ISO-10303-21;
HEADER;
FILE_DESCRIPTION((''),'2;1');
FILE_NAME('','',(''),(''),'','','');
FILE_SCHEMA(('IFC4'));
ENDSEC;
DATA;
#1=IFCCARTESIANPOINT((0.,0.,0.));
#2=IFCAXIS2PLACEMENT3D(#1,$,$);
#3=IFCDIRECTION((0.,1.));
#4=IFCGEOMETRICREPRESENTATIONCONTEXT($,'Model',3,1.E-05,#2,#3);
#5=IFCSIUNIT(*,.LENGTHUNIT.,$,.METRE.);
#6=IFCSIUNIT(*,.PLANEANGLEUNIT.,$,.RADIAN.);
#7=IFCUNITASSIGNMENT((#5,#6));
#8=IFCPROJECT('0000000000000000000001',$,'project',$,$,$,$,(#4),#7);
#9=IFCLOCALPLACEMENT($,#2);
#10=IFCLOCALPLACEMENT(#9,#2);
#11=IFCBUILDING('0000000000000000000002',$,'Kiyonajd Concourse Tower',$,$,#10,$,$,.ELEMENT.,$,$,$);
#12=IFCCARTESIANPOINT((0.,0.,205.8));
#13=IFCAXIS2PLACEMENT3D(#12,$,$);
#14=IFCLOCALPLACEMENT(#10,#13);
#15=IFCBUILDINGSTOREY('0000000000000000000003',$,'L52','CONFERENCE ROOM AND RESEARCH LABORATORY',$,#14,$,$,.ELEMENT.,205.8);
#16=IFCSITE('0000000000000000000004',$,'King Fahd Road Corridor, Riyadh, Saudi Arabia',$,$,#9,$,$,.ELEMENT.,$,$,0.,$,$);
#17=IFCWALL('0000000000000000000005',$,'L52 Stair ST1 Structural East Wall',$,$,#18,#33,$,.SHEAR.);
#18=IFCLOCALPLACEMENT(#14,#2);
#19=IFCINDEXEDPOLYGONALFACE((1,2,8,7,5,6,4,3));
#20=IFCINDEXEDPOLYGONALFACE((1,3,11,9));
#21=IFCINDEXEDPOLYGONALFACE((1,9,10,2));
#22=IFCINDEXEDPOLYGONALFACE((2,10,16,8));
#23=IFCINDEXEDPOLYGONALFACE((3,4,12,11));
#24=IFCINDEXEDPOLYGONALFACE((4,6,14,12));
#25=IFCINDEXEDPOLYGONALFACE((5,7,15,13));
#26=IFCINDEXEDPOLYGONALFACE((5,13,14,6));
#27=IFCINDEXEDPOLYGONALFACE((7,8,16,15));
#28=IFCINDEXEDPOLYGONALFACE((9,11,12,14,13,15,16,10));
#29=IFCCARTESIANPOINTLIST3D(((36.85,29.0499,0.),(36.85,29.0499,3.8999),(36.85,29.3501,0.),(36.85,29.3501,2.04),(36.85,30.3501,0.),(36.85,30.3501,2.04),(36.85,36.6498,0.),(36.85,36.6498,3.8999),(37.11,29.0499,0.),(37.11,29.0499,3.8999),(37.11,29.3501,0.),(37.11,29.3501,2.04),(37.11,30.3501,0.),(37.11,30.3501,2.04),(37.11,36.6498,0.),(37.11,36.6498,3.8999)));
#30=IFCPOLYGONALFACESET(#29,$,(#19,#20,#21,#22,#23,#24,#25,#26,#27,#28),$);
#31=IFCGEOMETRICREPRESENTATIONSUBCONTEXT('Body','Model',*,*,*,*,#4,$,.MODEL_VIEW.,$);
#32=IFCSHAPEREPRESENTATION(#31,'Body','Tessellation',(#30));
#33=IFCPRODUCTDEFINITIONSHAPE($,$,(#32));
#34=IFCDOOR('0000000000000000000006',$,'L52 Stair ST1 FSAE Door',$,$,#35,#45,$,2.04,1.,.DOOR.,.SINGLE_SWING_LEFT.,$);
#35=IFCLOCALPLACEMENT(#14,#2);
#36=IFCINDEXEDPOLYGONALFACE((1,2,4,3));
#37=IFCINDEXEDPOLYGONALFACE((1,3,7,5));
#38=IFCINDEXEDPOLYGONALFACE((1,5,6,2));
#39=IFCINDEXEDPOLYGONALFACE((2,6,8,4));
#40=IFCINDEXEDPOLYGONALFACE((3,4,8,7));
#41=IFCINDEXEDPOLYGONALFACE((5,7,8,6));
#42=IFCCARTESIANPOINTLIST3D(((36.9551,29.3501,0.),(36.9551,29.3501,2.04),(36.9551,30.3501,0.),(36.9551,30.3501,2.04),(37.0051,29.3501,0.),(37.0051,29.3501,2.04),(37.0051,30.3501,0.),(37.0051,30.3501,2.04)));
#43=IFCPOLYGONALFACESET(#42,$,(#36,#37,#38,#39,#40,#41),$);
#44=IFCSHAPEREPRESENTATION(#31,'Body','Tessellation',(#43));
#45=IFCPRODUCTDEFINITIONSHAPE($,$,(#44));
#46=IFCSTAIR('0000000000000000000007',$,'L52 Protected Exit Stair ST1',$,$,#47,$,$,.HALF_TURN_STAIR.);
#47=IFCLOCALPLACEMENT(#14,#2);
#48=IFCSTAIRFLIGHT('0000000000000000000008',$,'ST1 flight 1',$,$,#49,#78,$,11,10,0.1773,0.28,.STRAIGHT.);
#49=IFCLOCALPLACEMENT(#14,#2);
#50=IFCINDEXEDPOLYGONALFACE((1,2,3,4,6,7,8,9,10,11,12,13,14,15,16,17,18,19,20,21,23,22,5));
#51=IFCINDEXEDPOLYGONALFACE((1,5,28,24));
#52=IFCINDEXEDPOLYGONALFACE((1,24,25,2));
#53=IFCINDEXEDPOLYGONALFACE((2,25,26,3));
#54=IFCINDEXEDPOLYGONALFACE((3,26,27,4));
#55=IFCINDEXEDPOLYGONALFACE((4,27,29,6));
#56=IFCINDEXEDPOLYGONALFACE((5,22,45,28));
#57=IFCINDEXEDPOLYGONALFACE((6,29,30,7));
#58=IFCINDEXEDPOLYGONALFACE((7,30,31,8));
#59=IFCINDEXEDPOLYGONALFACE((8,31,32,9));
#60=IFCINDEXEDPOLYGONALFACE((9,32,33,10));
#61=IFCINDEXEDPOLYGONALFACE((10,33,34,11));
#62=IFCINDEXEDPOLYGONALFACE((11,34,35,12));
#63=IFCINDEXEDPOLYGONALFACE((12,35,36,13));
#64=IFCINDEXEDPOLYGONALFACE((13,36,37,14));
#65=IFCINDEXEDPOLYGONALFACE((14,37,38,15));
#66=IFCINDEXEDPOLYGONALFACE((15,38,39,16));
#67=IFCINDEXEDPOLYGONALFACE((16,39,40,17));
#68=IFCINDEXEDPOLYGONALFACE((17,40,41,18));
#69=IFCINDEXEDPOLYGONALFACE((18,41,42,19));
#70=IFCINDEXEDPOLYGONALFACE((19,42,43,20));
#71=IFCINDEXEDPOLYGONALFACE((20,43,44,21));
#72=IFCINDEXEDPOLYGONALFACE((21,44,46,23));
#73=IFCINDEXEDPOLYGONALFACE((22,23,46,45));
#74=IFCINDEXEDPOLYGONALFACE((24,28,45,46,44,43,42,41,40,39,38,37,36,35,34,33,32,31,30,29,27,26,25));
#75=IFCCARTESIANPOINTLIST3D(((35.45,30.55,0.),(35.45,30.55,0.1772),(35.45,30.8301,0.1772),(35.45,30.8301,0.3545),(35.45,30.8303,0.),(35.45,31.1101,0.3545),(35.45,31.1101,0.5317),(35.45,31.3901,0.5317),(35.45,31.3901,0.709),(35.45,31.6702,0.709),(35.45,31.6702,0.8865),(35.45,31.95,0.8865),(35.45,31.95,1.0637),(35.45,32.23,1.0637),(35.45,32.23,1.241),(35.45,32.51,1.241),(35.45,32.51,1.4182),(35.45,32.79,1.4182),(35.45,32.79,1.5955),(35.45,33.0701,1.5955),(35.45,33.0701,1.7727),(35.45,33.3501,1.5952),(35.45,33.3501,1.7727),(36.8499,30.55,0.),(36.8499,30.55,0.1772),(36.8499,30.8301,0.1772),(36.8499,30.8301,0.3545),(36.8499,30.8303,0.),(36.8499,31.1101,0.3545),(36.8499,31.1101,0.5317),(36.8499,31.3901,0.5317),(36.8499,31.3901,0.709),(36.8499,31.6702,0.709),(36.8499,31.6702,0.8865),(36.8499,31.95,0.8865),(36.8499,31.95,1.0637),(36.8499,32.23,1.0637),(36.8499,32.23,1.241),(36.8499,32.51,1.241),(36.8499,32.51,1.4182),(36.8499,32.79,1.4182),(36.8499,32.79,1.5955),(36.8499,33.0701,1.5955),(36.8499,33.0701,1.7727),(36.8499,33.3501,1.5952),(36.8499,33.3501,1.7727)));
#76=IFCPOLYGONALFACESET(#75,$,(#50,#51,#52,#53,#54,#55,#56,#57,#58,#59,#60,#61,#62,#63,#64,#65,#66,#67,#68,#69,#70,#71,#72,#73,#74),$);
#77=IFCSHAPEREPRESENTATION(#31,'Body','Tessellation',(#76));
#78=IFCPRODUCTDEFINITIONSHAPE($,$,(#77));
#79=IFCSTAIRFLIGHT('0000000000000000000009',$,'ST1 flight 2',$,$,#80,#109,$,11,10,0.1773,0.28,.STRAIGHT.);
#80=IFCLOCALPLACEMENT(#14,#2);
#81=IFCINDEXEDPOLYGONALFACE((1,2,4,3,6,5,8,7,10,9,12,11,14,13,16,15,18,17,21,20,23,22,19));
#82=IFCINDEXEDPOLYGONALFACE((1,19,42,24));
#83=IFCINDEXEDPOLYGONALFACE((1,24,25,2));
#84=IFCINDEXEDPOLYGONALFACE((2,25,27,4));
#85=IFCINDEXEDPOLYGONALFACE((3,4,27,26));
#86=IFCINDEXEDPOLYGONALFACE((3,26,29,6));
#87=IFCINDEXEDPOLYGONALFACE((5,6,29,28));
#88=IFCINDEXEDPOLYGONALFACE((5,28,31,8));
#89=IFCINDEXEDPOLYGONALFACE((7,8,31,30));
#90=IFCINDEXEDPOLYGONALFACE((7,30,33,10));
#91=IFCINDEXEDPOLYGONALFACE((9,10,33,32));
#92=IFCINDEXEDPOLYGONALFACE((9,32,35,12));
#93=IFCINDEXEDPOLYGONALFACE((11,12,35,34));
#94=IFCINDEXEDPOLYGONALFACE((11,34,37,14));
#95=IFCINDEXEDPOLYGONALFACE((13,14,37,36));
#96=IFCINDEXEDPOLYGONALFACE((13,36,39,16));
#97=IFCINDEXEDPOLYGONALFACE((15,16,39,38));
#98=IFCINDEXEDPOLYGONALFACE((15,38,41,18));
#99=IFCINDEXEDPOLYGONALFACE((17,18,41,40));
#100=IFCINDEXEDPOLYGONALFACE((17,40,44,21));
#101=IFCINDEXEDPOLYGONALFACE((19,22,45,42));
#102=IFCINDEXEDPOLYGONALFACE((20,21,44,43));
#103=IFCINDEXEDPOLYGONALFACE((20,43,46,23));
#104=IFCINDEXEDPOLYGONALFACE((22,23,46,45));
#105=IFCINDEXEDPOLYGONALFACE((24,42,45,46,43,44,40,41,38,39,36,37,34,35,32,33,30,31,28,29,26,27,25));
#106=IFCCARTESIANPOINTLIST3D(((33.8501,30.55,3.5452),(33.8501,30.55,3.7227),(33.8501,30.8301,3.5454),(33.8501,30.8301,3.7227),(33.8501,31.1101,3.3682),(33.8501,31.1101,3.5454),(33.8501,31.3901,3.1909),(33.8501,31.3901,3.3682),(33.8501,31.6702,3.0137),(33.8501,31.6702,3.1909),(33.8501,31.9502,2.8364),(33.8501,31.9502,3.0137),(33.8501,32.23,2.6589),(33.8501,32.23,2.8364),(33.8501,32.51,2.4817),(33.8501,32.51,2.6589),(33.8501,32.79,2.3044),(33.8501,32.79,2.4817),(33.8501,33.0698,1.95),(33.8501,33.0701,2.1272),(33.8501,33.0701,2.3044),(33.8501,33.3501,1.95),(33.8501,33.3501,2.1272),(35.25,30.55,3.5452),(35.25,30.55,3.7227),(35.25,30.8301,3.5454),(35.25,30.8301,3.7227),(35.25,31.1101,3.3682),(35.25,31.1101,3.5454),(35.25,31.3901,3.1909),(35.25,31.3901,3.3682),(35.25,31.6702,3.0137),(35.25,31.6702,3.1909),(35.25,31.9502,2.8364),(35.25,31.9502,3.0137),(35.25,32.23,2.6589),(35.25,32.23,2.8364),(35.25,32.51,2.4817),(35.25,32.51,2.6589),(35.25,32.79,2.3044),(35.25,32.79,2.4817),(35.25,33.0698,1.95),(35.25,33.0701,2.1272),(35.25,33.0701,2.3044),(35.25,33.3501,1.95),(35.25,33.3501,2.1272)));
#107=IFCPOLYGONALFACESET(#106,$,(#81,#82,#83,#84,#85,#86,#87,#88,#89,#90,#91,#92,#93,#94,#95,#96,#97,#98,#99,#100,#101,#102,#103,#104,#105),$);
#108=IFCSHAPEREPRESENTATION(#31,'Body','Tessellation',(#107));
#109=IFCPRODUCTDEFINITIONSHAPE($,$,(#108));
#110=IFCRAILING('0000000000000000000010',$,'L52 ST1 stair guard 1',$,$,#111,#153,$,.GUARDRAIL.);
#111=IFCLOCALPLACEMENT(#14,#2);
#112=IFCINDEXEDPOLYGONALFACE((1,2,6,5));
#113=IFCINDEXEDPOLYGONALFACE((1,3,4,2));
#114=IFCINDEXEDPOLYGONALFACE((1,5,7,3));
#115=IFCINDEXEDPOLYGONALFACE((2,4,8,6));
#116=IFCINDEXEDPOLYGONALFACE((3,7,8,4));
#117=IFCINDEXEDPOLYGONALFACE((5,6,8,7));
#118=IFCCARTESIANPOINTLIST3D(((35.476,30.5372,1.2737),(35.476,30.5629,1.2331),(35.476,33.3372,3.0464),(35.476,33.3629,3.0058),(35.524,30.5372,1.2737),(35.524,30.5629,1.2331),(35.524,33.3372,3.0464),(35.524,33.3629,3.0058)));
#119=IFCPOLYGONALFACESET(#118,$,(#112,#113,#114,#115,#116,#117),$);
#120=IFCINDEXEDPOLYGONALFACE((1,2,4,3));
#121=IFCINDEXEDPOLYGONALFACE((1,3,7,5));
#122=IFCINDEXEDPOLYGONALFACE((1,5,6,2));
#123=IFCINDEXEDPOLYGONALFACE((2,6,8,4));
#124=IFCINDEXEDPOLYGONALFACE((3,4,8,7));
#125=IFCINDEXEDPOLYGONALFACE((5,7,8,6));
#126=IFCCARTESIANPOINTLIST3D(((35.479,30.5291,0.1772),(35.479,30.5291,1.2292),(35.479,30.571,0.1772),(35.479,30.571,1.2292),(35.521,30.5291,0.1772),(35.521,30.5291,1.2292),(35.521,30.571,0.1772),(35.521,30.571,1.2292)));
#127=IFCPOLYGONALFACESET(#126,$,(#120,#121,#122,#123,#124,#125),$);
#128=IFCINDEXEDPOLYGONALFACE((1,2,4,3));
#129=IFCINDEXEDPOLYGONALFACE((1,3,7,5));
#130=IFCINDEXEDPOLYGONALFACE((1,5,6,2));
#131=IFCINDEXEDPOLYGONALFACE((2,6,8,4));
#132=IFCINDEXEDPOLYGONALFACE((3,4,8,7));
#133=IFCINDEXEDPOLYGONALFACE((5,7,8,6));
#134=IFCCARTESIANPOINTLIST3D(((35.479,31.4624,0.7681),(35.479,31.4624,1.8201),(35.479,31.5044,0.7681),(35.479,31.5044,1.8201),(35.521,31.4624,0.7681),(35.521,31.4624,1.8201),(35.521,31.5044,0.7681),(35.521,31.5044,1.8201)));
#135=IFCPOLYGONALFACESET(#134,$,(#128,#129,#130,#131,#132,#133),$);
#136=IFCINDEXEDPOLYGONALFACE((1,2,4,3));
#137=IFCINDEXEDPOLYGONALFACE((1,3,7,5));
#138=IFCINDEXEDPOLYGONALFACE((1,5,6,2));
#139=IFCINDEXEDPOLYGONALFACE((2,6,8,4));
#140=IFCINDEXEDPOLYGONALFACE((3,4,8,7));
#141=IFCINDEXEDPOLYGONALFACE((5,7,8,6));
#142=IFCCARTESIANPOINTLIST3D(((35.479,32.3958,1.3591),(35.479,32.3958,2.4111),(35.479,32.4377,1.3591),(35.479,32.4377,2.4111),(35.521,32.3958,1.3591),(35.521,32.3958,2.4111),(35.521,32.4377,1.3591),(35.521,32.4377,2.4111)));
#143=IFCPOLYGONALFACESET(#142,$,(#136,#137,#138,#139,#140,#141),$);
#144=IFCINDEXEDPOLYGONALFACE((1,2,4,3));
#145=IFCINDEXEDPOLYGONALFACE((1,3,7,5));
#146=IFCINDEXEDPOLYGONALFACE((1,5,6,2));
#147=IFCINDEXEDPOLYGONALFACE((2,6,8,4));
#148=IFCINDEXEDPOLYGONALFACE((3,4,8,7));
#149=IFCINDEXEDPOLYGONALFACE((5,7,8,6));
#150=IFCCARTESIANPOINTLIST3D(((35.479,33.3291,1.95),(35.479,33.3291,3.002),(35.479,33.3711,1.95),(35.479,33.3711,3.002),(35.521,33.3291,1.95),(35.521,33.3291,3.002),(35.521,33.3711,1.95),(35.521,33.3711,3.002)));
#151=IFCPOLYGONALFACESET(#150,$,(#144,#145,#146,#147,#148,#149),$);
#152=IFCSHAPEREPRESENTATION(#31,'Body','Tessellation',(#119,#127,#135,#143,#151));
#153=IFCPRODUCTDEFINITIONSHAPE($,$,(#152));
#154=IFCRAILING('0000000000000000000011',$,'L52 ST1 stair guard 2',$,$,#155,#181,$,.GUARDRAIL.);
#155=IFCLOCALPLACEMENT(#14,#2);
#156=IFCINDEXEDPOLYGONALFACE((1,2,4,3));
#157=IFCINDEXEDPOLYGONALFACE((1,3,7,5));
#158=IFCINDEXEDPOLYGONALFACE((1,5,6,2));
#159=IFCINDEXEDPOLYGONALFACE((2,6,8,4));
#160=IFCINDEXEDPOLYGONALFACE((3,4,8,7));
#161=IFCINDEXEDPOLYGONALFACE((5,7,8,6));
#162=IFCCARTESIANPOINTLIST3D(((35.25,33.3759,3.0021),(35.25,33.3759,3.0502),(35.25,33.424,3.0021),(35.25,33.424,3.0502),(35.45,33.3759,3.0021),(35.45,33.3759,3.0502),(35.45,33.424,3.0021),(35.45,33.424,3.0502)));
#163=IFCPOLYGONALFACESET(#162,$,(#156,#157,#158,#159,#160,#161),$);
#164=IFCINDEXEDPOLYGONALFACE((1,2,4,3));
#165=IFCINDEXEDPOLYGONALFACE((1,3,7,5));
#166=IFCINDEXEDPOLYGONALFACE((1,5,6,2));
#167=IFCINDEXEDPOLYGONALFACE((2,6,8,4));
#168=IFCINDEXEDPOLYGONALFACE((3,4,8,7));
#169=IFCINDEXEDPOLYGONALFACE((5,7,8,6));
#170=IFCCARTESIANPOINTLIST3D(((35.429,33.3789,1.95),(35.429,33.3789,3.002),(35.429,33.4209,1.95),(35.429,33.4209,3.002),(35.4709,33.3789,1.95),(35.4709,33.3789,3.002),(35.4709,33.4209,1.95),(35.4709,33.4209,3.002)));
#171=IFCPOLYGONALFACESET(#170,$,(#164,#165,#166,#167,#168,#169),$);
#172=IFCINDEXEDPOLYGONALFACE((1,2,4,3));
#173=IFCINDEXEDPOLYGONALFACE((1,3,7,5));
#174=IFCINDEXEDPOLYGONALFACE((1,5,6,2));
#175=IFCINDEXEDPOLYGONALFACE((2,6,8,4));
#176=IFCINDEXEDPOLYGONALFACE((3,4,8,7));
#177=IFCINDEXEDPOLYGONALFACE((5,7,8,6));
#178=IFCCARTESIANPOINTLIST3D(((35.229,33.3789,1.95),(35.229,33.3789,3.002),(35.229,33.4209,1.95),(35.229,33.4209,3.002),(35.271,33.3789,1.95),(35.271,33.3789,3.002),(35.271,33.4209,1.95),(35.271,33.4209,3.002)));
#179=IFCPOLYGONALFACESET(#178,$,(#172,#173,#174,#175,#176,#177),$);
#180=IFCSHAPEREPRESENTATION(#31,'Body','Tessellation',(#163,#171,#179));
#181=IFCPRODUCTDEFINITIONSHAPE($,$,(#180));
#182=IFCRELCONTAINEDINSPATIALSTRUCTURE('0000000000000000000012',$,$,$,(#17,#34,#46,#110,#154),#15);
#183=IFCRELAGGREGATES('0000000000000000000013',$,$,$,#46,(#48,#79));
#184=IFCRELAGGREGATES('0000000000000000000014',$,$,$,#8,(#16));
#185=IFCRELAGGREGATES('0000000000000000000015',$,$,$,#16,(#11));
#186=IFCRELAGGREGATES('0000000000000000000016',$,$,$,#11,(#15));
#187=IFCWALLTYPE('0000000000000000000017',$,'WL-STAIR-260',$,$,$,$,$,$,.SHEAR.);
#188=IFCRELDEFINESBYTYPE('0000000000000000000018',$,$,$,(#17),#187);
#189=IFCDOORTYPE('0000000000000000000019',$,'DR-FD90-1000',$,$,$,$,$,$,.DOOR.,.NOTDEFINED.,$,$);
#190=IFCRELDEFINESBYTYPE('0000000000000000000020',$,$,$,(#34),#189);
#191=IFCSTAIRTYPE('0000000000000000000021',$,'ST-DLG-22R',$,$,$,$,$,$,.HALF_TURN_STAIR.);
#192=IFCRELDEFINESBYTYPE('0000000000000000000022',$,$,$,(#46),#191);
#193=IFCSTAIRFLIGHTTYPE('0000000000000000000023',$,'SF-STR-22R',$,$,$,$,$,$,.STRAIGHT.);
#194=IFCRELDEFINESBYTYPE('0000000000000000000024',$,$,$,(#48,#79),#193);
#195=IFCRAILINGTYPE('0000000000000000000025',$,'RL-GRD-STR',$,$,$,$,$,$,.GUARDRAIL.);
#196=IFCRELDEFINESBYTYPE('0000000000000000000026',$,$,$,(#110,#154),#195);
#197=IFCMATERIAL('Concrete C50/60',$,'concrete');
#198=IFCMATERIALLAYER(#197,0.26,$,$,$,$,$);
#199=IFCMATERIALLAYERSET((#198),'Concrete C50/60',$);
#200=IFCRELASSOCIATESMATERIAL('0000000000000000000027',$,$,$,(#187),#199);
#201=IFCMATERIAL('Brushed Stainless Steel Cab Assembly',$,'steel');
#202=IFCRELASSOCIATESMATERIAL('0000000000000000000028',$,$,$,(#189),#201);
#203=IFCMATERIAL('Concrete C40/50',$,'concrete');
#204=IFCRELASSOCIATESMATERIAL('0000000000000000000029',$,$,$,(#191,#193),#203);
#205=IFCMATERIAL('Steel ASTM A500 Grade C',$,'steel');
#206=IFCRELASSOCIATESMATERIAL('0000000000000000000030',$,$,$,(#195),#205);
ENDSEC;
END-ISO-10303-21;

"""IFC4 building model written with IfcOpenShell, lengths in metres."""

from ifc_helpers import new_model, si_unit, direction, frame, frame_2d, origin, origin_2d, place, context, subcontext, project, spatial, polyline, rectangle, outline, extrude, material, layer, layer_set, type_object, element, fill, aggregate, save


model = new_model("IFC4")

# Units and contexts
model_context = context("Model", 3, precision=1e-05, world=origin(), true_north=direction((0.0, 1.0)))
body_context = subcontext(model_context, "Body", "Model", "MODEL_VIEW")
ifc_project = project(units=[si_unit("LENGTHUNIT", "METRE"), si_unit("PLANEANGLEUNIT", "RADIAN")], contexts=[model_context])

# Site, building, storey
site_placement = place(None, origin())
site = spatial("IfcSite", under=ifc_project, at=site_placement, Name="King Fahd Road Corridor, Riyadh, Saudi Arabia", CompositionType="ELEMENT", RefElevation=0.0)
building_placement = place(site_placement, origin())
building = spatial("IfcBuilding", under=site, at=building_placement, Name="Kiyonajd Concourse Tower", CompositionType="ELEMENT")
storey_placement = place(building_placement, frame((0.0, 0.0, 205.8)))
storey = spatial("IfcBuildingStorey", under=building, at=storey_placement, Name="L52", Description="CONFERENCE ROOM AND RESEARCH LABORATORY", CompositionType="ELEMENT", Elevation=205.8)

# Shared definitions
ifc_material_1 = material(Name="Concrete C50/60", Category="concrete")

# Shared definitions
ifc_material_2 = material(Name="Brushed Stainless Steel Cab Assembly", Category="steel")

# Shared definitions
ifc_layer_1 = layer(ifc_material_1, 0.26)
ifc_layer_set_1 = layer_set([ifc_layer_1], Name="Concrete C50/60")
wall_type_1 = type_object("IfcWallType", Name="WL-STAIR-260", PredefinedType="SHEAR", material=ifc_layer_set_1)

# Wall, opening, door
wall_1_placement = place(storey_placement, frame((36.98, 29.05, 0.0), z_axis=(0.0, 0.0, 1.0), x_axis=(0.0, 1.0, 0.0)))
wall_1 = element("IfcWall", 1, at=wall_1_placement, inside=storey, type_object=wall_type_1, Name="L52 Stair ST1 Structural East Wall", PredefinedType="SHEAR", context=body_context, shape_type="SweptSolid", body=[
    extrude(rectangle(XDim=7.5999, YDim=0.26, at=frame_2d((3.7998, 0.0))), origin(), (0.0, 0.0, 1.0), 3.8999),
])
opening_1_placement = place(wall_1_placement, frame((0.3, 0.0, 0.0)))
opening_1 = element("IfcOpeningElement", 2, at=opening_1_placement, cuts=wall_1, PredefinedType="OPENING", context=body_context, shape_type="SweptSolid", body=[
    extrude(rectangle(XDim=1.0, YDim=2.04, at=frame_2d((0.5, 1.02))), frame((0.0, 0.1399, 0.0), z_axis=(0.0, -1.0, 0.0), x_axis=(1.0, 0.0, 0.0)), (0.0, 0.0, 1.0), 0.28),
])
door_type_1 = type_object("IfcDoorType", Name="DR-FD90-1000", OperationType="NOTDEFINED", PredefinedType="DOOR", material=ifc_material_2)
door_1_placement = place(opening_1_placement, origin())
door_1 = element("IfcDoor", 3, at=door_1_placement, inside=storey, type_object=door_type_1, Name="L52 Stair ST1 FSAE Door", OperationType="SINGLE_SWING_LEFT", OverallHeight=2.04, OverallWidth=1.0, PredefinedType="DOOR", context=body_context, shape_type="SweptSolid", body=[
    extrude(rectangle(XDim=1.0, YDim=2.04, at=frame_2d((0.5, 1.02))), frame((0.0, 0.0249, 0.0), z_axis=(0.0, -1.0, 0.0), x_axis=(1.0, 0.0, 0.0)), (0.0, 0.0, 1.0), 0.05),
])
fill(opening_1, door_1)

# Stair, stair flights
ifc_material_3 = material(Name="Concrete C40/50", Category="concrete")
stair_type = type_object("IfcStairType", Name="ST-DLG-22R", PredefinedType="HALF_TURN_STAIR", material=ifc_material_3)
stair_placement = place(storey_placement, origin())
stair = element("IfcStair", 4, at=stair_placement, inside=storey, type_object=stair_type, Name="L52 Protected Exit Stair ST1", PredefinedType="HALF_TURN_STAIR")
stair_flight_type = type_object("IfcStairFlightType", Name="SF-STR-22R", PredefinedType="STRAIGHT", material=ifc_material_3)
stair_flight_1_placement = place(storey_placement, frame((36.1499, 30.55, 0.0), z_axis=(0.0, 0.0, 1.0), x_axis=(0.0, 1.0, 0.0)))
stair_flight_1 = element("IfcStairFlight", 5, at=stair_flight_1_placement, type_object=stair_flight_type, Name="ST1 flight 1", NumberOfRisers=11, NumberOfTreads=10, PredefinedType="STRAIGHT", RiserHeight=0.1773, TreadLength=0.28, context=body_context, shape_type="SweptSolid", body=[
    extrude(outline(polyline([(0.0, 0.0), (0.0, 0.1772), (0.28, 0.1772), (0.28, 0.3545), (0.5601, 0.3545), (0.5601, 0.5317), (0.8401, 0.5317), (0.8401, 0.709), (1.1201, 0.709), (1.1201, 0.8865), (1.3999, 0.8865), (1.3999, 1.0637), (1.6799, 1.0637), (1.6799, 1.241), (1.96, 1.241), (1.96, 1.4182), (2.24, 1.4182), (2.24, 1.5955), (2.52, 1.5955), (2.52, 1.7727), (2.8, 1.7727), (2.8, 1.95), (2.8, 1.5952), (0.2803, 0.0), (0.0, 0.0)])), frame((0.0, 0.7, 0.0), z_axis=(0.0, -1.0, 0.0), x_axis=(1.0, 0.0, 0.0)), (0.0, 0.0, 1.0), 1.3999),
])
stair_flight_2_placement = place(storey_placement, frame((34.55, 33.3501, 1.95), z_axis=(0.0, 0.0, 1.0), x_axis=(0.0, -1.0, 0.0)))
stair_flight_2 = element("IfcStairFlight", 6, at=stair_flight_2_placement, type_object=stair_flight_type, Name="ST1 flight 2", NumberOfRisers=11, NumberOfTreads=10, PredefinedType="STRAIGHT", RiserHeight=0.1773, TreadLength=0.28, context=body_context, shape_type="SweptSolid", body=[
    extrude(outline(polyline([(0.0, 0.0), (0.0, 0.1772), (0.28, 0.1772), (0.28, 0.3545), (0.5601, 0.3545), (0.5601, 0.5317), (0.8401, 0.5317), (0.8401, 0.709), (1.1201, 0.709), (1.1201, 0.8865), (1.3999, 0.8865), (1.3999, 1.0637), (1.6799, 1.0637), (1.6799, 1.241), (1.96, 1.241), (1.96, 1.4182), (2.24, 1.4182), (2.24, 1.5955), (2.52, 1.5955), (2.52, 1.7727), (2.8, 1.7727), (2.8, 1.95), (2.8, 1.5952), (0.2803, 0.0), (0.0, 0.0)])), frame((0.0, 0.7, 0.0), z_axis=(0.0, -1.0, 0.0), x_axis=(1.0, 0.0, 0.0)), (0.0, 0.0, 1.0), 1.3999),
])
aggregate(stair, [stair_flight_1, stair_flight_2])

# Railings
ifc_material_4 = material(Name="Steel ASTM A500 Grade C", Category="steel")
railing_type_1 = type_object("IfcRailingType", Name="RL-GRD-STR", PredefinedType="GUARDRAIL", material=ifc_material_4)
railing_1_placement = place(storey_placement, frame((35.5, 30.55, 0.1772)))
element("IfcRailing", 7, at=railing_1_placement, inside=storey, type_object=railing_type_1, Name="L52 ST1 stair guard 1", PredefinedType="GUARDRAIL", context=body_context, shape_type="SweptSolid", body=[
    extrude(rectangle(XDim=0.0481, YDim=0.0481, at=origin_2d()), frame((0.0, 0.0, 1.0762), z_axis=(0.0, 0.844909, 0.53491), x_axis=(-1.0, 0.0, 0.0)), (0.0, 0.0, 1.0), 3.314),
    extrude(rectangle(XDim=0.042, YDim=0.042, at=origin_2d()), origin(), (0.0, 0.0, 1.0), 1.052),
    extrude(rectangle(XDim=0.042, YDim=0.042, at=origin_2d()), frame((0.0, 0.9333, 0.5908)), (0.0, 0.0, 1.0), 1.052),
    extrude(rectangle(XDim=0.042, YDim=0.042, at=origin_2d()), frame((0.0, 1.8667, 1.1819)), (0.0, 0.0, 1.0), 1.052),
    extrude(rectangle(XDim=0.042, YDim=0.042, at=origin_2d()), frame((0.0, 2.8, 1.7727)), (0.0, 0.0, 1.0), 1.052),
])
railing_2_placement = place(storey_placement, frame((35.45, 33.3999, 1.95)))
element("IfcRailing", 8, at=railing_2_placement, inside=storey, type_object=railing_type_1, Name="L52 ST1 stair guard 2", PredefinedType="GUARDRAIL", context=body_context, shape_type="SweptSolid", body=[
    extrude(rectangle(XDim=0.0481, YDim=0.0481, at=origin_2d()), frame((0.0, 0.0, 1.0762), z_axis=(-1.0, 0.0, 0.0), x_axis=(0.0, -1.0, 0.0)), (0.0, 0.0, 1.0), 0.2),
    extrude(rectangle(XDim=0.042, YDim=0.042, at=origin_2d()), origin(), (0.0, 0.0, 1.0), 1.052),
    extrude(rectangle(XDim=0.042, YDim=0.042, at=origin_2d()), frame((-0.2, 0.0, 0.0)), (0.0, 0.0, 1.0), 1.052),
])

save(model, "model.ifc")
